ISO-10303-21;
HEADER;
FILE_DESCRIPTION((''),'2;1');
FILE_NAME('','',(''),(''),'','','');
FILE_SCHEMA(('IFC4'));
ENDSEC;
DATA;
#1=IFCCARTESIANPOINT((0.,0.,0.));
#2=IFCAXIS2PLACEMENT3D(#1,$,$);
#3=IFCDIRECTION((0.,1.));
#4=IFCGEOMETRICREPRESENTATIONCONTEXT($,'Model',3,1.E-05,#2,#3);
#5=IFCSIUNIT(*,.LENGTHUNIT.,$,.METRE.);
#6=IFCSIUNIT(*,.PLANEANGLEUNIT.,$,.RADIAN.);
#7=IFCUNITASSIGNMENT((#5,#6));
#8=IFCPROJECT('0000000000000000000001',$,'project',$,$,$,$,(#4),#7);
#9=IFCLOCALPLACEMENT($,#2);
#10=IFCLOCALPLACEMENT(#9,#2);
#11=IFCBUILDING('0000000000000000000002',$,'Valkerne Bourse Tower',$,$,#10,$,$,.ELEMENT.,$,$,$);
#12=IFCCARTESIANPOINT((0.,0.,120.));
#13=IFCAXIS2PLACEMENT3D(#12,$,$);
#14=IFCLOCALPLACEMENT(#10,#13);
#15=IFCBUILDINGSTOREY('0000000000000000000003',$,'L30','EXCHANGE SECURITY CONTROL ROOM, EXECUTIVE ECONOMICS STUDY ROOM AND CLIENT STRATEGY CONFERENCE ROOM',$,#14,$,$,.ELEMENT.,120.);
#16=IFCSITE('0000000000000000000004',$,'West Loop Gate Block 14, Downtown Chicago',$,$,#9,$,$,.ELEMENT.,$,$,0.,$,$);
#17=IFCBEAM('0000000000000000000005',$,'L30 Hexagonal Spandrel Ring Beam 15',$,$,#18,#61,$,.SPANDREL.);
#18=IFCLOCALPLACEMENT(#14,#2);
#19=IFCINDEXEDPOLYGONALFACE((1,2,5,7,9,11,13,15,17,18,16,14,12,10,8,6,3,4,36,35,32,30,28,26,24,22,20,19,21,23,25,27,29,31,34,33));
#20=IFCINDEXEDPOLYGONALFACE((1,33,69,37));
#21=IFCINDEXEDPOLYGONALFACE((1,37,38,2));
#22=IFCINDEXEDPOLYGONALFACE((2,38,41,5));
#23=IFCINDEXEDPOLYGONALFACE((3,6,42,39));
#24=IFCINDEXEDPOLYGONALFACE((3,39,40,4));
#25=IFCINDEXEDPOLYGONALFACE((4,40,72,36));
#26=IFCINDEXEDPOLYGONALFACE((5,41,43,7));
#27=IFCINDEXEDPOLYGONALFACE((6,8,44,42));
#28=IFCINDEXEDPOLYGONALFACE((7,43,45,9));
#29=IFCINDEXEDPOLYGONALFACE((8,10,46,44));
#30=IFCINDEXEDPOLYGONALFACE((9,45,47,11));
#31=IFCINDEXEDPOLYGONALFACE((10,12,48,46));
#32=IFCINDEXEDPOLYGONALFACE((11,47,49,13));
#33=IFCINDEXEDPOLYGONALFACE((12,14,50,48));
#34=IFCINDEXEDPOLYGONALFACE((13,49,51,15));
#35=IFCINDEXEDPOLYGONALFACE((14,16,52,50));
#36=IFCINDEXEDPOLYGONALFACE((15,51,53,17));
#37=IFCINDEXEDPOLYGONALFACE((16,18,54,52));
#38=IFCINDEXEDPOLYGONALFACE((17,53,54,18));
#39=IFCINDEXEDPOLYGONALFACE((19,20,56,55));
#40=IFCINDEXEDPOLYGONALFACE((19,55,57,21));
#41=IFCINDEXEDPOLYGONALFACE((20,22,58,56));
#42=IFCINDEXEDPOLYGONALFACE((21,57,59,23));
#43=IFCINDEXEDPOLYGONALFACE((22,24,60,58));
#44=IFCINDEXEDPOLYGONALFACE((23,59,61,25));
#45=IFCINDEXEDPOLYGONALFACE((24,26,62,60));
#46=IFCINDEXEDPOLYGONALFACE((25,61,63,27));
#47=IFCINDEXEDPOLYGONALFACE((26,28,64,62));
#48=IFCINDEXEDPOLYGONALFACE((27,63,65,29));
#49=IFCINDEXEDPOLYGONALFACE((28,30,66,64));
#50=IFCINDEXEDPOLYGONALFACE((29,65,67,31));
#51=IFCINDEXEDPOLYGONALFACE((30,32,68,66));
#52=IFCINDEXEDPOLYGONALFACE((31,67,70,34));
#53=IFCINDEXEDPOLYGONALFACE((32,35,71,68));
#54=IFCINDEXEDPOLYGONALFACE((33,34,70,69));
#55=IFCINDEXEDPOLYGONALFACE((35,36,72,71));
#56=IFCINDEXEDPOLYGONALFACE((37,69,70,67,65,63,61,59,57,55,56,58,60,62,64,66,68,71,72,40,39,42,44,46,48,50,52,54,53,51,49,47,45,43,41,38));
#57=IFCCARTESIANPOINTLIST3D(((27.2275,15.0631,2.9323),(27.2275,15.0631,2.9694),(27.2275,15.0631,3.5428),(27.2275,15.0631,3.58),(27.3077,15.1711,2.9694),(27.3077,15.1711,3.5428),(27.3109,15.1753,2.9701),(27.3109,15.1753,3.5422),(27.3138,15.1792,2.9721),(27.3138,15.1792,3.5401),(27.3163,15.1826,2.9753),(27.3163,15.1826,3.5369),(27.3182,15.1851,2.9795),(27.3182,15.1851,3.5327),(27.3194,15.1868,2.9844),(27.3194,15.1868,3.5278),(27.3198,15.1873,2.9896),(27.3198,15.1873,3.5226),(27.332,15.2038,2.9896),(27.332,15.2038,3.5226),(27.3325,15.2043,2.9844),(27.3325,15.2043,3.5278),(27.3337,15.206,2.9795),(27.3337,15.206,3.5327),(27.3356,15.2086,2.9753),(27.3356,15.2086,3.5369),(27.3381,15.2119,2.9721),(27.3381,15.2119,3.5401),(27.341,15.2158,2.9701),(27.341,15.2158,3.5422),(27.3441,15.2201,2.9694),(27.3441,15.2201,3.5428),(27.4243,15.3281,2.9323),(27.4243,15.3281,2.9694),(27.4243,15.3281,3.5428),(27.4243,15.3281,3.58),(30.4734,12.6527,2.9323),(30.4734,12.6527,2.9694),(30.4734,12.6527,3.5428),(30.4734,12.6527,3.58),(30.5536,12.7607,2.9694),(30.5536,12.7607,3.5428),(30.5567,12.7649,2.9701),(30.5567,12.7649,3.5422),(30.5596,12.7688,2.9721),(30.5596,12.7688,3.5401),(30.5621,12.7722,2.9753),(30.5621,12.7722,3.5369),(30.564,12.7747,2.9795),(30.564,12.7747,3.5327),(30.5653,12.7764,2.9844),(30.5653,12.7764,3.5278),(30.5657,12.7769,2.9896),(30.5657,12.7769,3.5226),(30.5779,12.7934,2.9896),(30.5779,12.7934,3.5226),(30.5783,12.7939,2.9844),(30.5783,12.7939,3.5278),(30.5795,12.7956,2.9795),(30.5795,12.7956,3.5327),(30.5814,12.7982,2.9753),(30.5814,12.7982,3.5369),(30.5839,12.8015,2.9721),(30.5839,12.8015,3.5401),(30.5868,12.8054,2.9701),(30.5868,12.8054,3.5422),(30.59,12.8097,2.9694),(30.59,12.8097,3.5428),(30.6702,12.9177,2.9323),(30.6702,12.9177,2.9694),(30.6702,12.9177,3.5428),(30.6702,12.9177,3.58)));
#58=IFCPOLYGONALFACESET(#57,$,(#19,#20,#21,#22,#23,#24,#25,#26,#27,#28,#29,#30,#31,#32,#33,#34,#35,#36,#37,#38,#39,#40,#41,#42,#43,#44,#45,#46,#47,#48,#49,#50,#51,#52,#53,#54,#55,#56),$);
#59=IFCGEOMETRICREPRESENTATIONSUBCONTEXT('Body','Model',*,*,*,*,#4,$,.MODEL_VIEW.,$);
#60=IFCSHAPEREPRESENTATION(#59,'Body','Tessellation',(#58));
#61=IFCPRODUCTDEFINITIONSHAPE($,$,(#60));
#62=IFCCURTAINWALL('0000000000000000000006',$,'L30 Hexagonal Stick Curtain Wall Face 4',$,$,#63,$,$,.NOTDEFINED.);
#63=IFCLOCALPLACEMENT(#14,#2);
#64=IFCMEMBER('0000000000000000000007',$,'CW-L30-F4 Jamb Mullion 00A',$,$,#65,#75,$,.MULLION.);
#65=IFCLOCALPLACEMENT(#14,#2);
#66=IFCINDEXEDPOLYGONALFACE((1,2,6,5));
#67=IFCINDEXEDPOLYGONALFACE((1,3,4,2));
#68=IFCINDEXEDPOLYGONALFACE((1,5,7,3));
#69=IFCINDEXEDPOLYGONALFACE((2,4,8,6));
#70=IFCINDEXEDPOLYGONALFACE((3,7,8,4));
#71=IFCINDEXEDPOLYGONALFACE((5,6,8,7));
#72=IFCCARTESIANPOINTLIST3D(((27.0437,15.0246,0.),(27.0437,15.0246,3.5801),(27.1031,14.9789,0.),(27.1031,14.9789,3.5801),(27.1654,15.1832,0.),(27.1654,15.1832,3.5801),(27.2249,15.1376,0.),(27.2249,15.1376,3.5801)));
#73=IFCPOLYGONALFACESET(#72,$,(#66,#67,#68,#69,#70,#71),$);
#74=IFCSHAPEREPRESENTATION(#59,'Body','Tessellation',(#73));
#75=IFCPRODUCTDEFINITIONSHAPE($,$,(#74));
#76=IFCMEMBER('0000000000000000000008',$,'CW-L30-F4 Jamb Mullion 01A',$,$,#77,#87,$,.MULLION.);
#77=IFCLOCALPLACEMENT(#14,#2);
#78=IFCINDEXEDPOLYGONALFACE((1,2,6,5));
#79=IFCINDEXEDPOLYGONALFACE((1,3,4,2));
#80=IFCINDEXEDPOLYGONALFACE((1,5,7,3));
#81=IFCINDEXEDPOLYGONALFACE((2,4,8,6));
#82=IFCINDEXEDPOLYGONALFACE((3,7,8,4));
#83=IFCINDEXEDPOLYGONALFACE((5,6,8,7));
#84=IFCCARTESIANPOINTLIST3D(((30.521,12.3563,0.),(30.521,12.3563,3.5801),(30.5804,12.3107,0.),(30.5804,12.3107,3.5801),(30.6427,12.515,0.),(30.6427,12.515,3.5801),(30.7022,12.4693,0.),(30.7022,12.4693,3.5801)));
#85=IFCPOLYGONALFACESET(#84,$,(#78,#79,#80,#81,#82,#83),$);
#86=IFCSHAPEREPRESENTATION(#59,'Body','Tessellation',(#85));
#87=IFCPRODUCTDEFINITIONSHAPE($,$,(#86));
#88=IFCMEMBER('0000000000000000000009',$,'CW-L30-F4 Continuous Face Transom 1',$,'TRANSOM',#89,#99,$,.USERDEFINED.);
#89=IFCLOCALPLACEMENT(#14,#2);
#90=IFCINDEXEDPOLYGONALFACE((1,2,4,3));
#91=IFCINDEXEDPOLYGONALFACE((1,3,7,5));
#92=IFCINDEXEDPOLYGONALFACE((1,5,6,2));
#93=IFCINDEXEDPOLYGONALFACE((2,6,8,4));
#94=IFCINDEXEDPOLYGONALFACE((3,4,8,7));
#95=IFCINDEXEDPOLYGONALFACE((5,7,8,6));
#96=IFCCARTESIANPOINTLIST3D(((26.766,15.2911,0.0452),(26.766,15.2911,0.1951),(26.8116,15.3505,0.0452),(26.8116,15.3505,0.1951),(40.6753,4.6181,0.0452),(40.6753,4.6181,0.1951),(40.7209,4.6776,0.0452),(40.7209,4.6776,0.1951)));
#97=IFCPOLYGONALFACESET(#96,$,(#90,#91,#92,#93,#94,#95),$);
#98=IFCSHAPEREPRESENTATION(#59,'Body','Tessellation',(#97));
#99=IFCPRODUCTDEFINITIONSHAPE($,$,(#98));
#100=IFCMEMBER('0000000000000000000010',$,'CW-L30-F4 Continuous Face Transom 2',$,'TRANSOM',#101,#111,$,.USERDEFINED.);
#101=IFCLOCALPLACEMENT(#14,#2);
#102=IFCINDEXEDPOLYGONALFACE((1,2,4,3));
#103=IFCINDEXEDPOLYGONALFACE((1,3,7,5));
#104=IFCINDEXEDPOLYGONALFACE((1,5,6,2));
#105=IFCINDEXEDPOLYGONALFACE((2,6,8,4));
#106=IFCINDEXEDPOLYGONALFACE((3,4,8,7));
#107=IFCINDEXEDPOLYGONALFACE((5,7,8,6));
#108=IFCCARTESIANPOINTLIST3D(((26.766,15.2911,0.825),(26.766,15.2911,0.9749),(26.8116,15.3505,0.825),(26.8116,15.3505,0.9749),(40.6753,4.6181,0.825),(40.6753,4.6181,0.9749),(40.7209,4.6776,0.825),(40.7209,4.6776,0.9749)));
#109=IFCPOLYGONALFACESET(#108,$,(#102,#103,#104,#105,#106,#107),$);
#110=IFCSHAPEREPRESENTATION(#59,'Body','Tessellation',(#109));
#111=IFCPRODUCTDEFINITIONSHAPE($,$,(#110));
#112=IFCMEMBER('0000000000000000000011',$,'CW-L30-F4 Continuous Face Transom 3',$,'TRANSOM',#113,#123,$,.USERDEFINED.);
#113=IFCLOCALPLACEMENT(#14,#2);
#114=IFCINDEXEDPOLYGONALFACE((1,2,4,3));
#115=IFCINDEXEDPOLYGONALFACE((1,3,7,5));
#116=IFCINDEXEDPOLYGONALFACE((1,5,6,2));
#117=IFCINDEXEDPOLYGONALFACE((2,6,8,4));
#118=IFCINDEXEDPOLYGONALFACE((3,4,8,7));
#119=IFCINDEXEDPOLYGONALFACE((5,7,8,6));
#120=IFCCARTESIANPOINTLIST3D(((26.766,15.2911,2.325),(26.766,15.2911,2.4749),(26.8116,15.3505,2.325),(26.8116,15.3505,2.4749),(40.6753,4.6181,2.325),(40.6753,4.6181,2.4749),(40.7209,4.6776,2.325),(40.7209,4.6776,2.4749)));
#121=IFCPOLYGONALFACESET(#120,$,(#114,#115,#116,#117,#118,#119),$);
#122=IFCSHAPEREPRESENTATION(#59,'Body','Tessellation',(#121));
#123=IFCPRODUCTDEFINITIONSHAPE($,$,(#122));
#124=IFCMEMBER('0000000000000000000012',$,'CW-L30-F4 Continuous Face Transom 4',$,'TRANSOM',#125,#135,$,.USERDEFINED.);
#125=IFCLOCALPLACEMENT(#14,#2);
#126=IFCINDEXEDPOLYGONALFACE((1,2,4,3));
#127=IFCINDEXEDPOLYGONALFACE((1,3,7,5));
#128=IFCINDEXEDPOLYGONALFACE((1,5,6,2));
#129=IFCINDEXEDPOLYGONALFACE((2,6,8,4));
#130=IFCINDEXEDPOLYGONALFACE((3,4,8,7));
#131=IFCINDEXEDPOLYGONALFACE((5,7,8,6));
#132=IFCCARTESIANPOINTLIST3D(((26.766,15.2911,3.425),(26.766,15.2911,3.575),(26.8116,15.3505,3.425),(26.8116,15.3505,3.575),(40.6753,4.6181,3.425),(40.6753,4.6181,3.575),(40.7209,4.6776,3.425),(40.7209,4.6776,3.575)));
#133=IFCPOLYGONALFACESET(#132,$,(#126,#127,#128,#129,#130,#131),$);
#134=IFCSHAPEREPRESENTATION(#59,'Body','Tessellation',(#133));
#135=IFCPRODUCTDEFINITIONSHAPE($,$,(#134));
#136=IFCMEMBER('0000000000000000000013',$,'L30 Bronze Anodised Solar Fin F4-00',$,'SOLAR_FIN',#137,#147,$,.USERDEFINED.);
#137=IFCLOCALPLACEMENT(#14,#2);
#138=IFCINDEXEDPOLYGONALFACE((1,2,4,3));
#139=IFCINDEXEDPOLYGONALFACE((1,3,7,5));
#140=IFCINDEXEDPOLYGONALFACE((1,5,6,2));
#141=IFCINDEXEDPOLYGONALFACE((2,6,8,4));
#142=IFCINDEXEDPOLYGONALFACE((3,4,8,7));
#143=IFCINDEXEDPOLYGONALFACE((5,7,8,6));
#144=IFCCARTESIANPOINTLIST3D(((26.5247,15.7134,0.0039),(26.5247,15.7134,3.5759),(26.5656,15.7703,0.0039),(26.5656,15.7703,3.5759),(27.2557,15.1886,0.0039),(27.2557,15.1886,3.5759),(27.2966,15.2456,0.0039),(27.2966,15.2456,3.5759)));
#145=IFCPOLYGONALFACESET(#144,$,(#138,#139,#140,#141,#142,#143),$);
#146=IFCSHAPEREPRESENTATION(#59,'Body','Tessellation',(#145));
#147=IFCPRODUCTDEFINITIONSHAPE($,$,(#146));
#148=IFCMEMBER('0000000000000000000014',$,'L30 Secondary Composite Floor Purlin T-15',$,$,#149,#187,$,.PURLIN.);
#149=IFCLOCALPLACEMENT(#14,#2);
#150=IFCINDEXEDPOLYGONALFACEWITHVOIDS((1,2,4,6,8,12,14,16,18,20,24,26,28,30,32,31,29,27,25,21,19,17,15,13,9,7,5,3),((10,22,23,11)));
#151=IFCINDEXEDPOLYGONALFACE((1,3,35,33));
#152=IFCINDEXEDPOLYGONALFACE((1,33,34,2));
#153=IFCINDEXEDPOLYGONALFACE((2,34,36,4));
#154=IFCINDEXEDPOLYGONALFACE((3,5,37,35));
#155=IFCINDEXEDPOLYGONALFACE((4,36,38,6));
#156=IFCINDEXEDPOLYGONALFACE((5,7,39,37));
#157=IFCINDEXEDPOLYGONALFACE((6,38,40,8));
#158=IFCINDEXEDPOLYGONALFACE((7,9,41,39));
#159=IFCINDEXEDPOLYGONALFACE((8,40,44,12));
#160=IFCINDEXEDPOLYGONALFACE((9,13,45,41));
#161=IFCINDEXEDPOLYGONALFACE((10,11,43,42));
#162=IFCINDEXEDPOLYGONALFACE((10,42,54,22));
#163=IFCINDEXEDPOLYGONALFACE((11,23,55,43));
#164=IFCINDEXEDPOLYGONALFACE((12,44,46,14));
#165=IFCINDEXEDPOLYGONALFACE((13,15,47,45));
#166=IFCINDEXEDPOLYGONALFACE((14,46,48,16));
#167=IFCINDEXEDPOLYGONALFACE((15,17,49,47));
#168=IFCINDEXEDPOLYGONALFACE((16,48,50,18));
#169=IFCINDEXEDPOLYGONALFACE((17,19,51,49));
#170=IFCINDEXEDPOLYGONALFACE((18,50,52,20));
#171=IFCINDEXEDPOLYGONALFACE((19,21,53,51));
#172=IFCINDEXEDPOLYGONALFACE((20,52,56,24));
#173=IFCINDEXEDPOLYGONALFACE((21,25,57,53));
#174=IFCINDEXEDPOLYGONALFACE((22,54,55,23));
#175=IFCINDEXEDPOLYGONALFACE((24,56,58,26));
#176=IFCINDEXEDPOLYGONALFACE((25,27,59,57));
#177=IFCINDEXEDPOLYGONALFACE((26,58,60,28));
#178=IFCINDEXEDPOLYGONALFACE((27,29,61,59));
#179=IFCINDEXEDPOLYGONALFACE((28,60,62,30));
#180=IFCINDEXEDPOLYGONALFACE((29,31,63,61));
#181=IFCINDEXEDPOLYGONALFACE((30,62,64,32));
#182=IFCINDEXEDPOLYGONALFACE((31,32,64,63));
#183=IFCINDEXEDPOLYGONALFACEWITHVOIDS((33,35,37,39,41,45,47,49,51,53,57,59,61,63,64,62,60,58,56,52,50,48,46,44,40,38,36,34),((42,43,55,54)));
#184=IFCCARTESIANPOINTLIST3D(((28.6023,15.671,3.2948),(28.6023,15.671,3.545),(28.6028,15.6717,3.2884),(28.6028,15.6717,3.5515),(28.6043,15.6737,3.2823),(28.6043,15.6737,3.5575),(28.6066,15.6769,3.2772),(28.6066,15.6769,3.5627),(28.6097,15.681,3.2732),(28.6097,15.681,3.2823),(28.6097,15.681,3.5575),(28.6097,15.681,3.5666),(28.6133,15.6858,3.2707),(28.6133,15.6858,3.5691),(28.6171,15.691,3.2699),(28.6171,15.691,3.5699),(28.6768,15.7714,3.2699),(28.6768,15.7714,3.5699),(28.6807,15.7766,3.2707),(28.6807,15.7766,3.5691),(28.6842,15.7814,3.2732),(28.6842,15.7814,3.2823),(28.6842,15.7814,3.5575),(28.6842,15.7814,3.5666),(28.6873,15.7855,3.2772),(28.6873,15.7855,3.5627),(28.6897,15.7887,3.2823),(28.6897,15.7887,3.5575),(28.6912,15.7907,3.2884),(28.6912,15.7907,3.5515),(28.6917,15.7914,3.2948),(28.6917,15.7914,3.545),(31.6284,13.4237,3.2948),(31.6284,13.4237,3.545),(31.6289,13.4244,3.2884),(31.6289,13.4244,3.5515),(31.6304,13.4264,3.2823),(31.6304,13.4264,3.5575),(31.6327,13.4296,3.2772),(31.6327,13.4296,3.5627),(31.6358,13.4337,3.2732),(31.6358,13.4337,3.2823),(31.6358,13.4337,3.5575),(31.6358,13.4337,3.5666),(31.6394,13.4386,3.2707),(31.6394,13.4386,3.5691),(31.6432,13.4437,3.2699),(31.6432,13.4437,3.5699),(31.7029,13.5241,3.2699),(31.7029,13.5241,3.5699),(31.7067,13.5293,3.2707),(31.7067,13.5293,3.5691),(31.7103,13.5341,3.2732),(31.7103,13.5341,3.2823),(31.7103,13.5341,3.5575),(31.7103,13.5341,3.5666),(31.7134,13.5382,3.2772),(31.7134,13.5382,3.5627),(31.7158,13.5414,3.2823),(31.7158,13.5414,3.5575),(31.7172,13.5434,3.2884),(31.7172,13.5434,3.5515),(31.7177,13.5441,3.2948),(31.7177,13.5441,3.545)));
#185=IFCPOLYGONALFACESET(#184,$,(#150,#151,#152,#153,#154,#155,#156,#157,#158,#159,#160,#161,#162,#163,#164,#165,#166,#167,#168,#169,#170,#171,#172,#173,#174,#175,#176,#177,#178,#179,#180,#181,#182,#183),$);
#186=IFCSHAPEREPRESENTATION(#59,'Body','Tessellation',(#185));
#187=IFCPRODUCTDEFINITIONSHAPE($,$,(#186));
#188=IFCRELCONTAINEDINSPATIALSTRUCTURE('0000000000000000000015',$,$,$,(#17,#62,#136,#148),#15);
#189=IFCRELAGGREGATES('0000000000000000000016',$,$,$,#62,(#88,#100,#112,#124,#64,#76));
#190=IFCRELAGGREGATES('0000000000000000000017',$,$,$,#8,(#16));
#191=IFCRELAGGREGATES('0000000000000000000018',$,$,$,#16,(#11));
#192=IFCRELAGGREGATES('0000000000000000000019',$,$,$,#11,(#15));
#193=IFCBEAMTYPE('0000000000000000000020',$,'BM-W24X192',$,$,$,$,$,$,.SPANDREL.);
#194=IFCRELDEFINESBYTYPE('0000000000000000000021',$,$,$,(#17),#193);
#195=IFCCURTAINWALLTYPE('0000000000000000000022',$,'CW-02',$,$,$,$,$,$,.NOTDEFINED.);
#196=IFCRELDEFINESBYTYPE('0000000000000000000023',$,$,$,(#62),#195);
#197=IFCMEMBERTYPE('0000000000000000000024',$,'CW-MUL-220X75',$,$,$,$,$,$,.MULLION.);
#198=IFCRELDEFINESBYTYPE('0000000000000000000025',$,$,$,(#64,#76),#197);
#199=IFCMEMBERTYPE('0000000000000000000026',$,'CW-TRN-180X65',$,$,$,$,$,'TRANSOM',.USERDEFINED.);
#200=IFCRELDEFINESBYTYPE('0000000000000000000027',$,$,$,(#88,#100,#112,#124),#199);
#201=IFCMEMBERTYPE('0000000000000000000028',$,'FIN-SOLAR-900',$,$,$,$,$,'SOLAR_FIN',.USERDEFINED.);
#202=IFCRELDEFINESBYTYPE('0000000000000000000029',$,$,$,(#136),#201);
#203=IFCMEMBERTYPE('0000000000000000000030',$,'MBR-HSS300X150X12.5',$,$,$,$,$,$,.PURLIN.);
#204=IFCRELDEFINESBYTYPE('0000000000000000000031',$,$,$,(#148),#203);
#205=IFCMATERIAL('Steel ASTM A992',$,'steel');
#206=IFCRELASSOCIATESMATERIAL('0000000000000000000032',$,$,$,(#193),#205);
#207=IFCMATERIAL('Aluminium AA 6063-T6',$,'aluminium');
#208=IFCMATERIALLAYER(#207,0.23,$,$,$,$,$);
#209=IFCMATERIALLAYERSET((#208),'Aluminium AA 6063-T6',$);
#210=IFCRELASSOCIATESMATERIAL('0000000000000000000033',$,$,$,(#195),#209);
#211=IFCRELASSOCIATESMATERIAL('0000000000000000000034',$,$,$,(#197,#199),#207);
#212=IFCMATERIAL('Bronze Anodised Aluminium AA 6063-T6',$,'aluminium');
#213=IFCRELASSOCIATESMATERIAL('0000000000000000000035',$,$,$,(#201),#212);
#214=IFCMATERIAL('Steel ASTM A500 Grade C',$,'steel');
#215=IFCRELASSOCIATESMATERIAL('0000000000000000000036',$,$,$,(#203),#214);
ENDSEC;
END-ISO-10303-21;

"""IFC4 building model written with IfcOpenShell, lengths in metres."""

from ifc_helpers import new_model, si_unit, direction, frame, origin, origin_2d, place, context, subcontext, project, spatial, rectangle, hollow_rectangle, i_section, extrude, material, layer, layer_set, material_profile, profile_set, type_object, element, aggregate, save


model = new_model("IFC4")

# Units and contexts
model_context = context("Model", 3, precision=1e-05, world=origin(), true_north=direction((0.0, 1.0)))
body_context = subcontext(model_context, "Body", "Model", "MODEL_VIEW")
ifc_project = project(units=[si_unit("LENGTHUNIT", "METRE"), si_unit("PLANEANGLEUNIT", "RADIAN")], contexts=[model_context])

# Site, building, storey
site_placement = place(None, origin())
site = spatial("IfcSite", under=ifc_project, at=site_placement, Name="West Loop Gate Block 14, Downtown Chicago", CompositionType="ELEMENT", RefElevation=0.0)
building_placement = place(site_placement, origin())
building = spatial("IfcBuilding", under=site, at=building_placement, Name="Valkerne Bourse Tower", CompositionType="ELEMENT")
storey_placement = place(building_placement, frame((0.0, 0.0, 120.0)))
storey = spatial("IfcBuildingStorey", under=building, at=storey_placement, Name="L30", Description="EXCHANGE SECURITY CONTROL ROOM, EXECUTIVE ECONOMICS STUDY ROOM AND CLIENT STRATEGY CONFERENCE ROOM", CompositionType="ELEMENT", Elevation=120.0)

# Beam
ifc_material_1 = material(Name="Steel ASTM A992", Category="steel")
ifc_material_profile_1 = material_profile(ifc_material_1, i_section(OverallWidth=0.3301, OverallDepth=0.6477, WebThickness=0.0205, FlangeThickness=0.0371, FilletRadius=0.0203, at=origin_2d()), Name="W24X192")
ifc_profile_set_1 = profile_set([ifc_material_profile_1], Name="Steel ASTM A992")
beam_type_1 = type_object("IfcBeamType", Name="BM-W24X192", PredefinedType="SPANDREL", material=ifc_profile_set_1)
beam_1_placement = place(storey_placement, frame((27.3259, 15.1956, 3.2561), z_axis=(0.802839, -0.596196, 0.0), x_axis=(0.596196, 0.802839, 0.0)))
element("IfcBeam", 1, at=beam_1_placement, inside=storey, type_object=beam_type_1, Name="L30 Hexagonal Spandrel Ring Beam 15", PredefinedType="SPANDREL", context=body_context, shape_type="SweptSolid", body=[
    extrude(i_section(OverallWidth=0.3301, OverallDepth=0.6477, WebThickness=0.0205, FlangeThickness=0.0371, FilletRadius=0.0203, at=origin_2d()), origin(), (0.0, 0.0, 1.0), 4.043),
])

# Curtain wall, members
ifc_material_2 = material(Name="Aluminium AA 6063-T6", Category="aluminium")
ifc_layer_1 = layer(ifc_material_2, 0.23)
ifc_layer_set_1 = layer_set([ifc_layer_1], Name="Aluminium AA 6063-T6")
curtain_wall_type = type_object("IfcCurtainWallType", Name="CW-02", PredefinedType="NOTDEFINED", material=ifc_layer_set_1)
curtain_wall_placement = place(storey_placement, origin())
curtain_wall = element("IfcCurtainWall", 2, at=curtain_wall_placement, inside=storey, type_object=curtain_wall_type, Name="L30 Hexagonal Stick Curtain Wall Face 4", PredefinedType="NOTDEFINED")
ifc_material_profile_2 = material_profile(ifc_material_2, rectangle(XDim=0.075, YDim=0.2, at=origin_2d()), Name="CWM-75X200")
ifc_profile_set_2 = profile_set([ifc_material_profile_2], Name="Aluminium AA 6063-T6")
member_type_1 = type_object("IfcMemberType", Name="CW-MUL-220X75", PredefinedType="MULLION", material=ifc_profile_set_2)
member_1_placement = place(storey_placement, frame((27.1343, 15.0811, 0.0), z_axis=(0.0, 0.0, 1.0), x_axis=(0.793348, -0.608769, 0.0)))
member_1 = element("IfcMember", 3, at=member_1_placement, type_object=member_type_1, Name="CW-L30-F4 Jamb Mullion 00A", PredefinedType="MULLION", context=body_context, shape_type="SweptSolid", body=[
    extrude(rectangle(XDim=0.075, YDim=0.2, at=origin_2d()), origin(), (0.0, 0.0, 1.0), 3.5801),
])
member_2_placement = place(storey_placement, frame((30.6116, 12.4128, 0.0), z_axis=(0.0, 0.0, 1.0), x_axis=(0.793356, -0.608758, 0.0)))
member_2 = element("IfcMember", 4, at=member_2_placement, type_object=member_type_1, Name="CW-L30-F4 Jamb Mullion 01A", PredefinedType="MULLION", context=body_context, shape_type="SweptSolid", body=[
    extrude(rectangle(XDim=0.075, YDim=0.2, at=origin_2d()), origin(), (0.0, 0.0, 1.0), 3.5801),
])
ifc_material_profile_3 = material_profile(ifc_material_2, rectangle(XDim=0.075, YDim=0.1499, at=origin_2d()), Name="CWT-75X150")
ifc_profile_set_3 = profile_set([ifc_material_profile_3], Name="Aluminium AA 6063-T6")
member_type_2 = type_object("IfcMemberType", Name="CW-TRN-180X65", ElementType="TRANSOM", PredefinedType="USERDEFINED", material=ifc_profile_set_3)
member_3_placement = place(storey_placement, frame((26.7888, 15.3208, 0.1201), z_axis=(0.793354, -0.60876, 0.0), x_axis=(0.60876, 0.793354, 0.0)))
member_3 = element("IfcMember", 5, at=member_3_placement, type_object=member_type_2, Name="CW-L30-F4 Continuous Face Transom 1", ObjectType="TRANSOM", PredefinedType="USERDEFINED", context=body_context, shape_type="SweptSolid", body=[
    extrude(rectangle(XDim=0.075, YDim=0.1499, at=origin_2d()), origin(), (0.0, 0.0, 1.0), 17.5322),
])
member_4_placement = place(storey_placement, frame((26.7888, 15.3208, 0.8999), z_axis=(0.793354, -0.60876, 0.0), x_axis=(0.60876, 0.793354, 0.0)))
member_4 = element("IfcMember", 6, at=member_4_placement, type_object=member_type_2, Name="CW-L30-F4 Continuous Face Transom 2", ObjectType="TRANSOM", PredefinedType="USERDEFINED", context=body_context, shape_type="SweptSolid", body=[
    extrude(rectangle(XDim=0.075, YDim=0.1499, at=origin_2d()), origin(), (0.0, 0.0, 1.0), 17.5322),
])
member_5_placement = place(storey_placement, frame((26.7888, 15.3208, 2.3999), z_axis=(0.793354, -0.60876, 0.0), x_axis=(0.60876, 0.793354, 0.0)))
member_5 = element("IfcMember", 7, at=member_5_placement, type_object=member_type_2, Name="CW-L30-F4 Continuous Face Transom 3", ObjectType="TRANSOM", PredefinedType="USERDEFINED", context=body_context, shape_type="SweptSolid", body=[
    extrude(rectangle(XDim=0.075, YDim=0.1499, at=origin_2d()), origin(), (0.0, 0.0, 1.0), 17.5322),
])
member_6_placement = place(storey_placement, frame((26.7888, 15.3208, 3.5), z_axis=(0.793354, -0.60876, 0.0), x_axis=(0.60876, 0.793354, 0.0)))
member_6 = element("IfcMember", 8, at=member_6_placement, type_object=member_type_2, Name="CW-L30-F4 Continuous Face Transom 4", ObjectType="TRANSOM", PredefinedType="USERDEFINED", context=body_context, shape_type="SweptSolid", body=[
    extrude(rectangle(XDim=0.075, YDim=0.1499, at=origin_2d()), origin(), (0.0, 0.0, 1.0), 17.5322),
])

# Members
ifc_material_3 = material(Name="Bronze Anodised Aluminium AA 6063-T6", Category="aluminium")
ifc_material_profile_4 = material_profile(ifc_material_3, rectangle(XDim=0.0701, YDim=0.8999, at=origin_2d()), Name="FIN-70X900")
ifc_profile_set_4 = profile_set([ifc_material_profile_4], Name="Bronze Anodised Aluminium AA 6063-T6")
member_type_3 = type_object("IfcMemberType", Name="FIN-SOLAR-900", ElementType="SOLAR_FIN", PredefinedType="USERDEFINED", material=ifc_profile_set_4)
member_7_placement = place(storey_placement, frame((26.9106, 15.4795, 0.0039), z_axis=(0.0, 0.0, 1.0), x_axis=(-0.583163, -0.812356, 0.0)))
element("IfcMember", 9, at=member_7_placement, inside=storey, type_object=member_type_3, Name="L30 Bronze Anodised Solar Fin F4-00", ObjectType="SOLAR_FIN", PredefinedType="USERDEFINED", context=body_context, shape_type="SweptSolid", body=[
    extrude(rectangle(XDim=0.0701, YDim=0.8999, at=origin_2d()), origin(), (0.0, 0.0, 1.0), 3.572),
])
ifc_material_4 = material(Name="Steel ASTM A500 Grade C", Category="steel")
ifc_material_profile_5 = material_profile(ifc_material_4, hollow_rectangle(XDim=0.1499, YDim=0.3, WallThickness=0.0125, OuterFilletRadius=0.0249, at=origin_2d()), Name="HSS300X150X12.5")
ifc_profile_set_5 = profile_set([ifc_material_profile_5], Name="Steel ASTM A500 Grade C")
member_type_4 = type_object("IfcMemberType", Name="MBR-HSS300X150X12.5", PredefinedType="PURLIN", material=ifc_profile_set_5)
member_8_placement = place(storey_placement, frame((28.647, 15.7312, 3.4199), z_axis=(0.802828, -0.596211, 0.0), x_axis=(0.596211, 0.802828, 0.0)))
element("IfcMember", 10, at=member_8_placement, inside=storey, type_object=member_type_4, Name="L30 Secondary Composite Floor Purlin T-15", PredefinedType="PURLIN", context=body_context, shape_type="SweptSolid", body=[
    extrude(hollow_rectangle(XDim=0.1499, YDim=0.3, WallThickness=0.0125, OuterFilletRadius=0.0249, at=origin_2d()), origin(), (0.0, 0.0, 1.0), 3.7693),
])

aggregate(curtain_wall, [member_3, member_4, member_5, member_6, member_1, member_2])

save(model, "model.ifc")
